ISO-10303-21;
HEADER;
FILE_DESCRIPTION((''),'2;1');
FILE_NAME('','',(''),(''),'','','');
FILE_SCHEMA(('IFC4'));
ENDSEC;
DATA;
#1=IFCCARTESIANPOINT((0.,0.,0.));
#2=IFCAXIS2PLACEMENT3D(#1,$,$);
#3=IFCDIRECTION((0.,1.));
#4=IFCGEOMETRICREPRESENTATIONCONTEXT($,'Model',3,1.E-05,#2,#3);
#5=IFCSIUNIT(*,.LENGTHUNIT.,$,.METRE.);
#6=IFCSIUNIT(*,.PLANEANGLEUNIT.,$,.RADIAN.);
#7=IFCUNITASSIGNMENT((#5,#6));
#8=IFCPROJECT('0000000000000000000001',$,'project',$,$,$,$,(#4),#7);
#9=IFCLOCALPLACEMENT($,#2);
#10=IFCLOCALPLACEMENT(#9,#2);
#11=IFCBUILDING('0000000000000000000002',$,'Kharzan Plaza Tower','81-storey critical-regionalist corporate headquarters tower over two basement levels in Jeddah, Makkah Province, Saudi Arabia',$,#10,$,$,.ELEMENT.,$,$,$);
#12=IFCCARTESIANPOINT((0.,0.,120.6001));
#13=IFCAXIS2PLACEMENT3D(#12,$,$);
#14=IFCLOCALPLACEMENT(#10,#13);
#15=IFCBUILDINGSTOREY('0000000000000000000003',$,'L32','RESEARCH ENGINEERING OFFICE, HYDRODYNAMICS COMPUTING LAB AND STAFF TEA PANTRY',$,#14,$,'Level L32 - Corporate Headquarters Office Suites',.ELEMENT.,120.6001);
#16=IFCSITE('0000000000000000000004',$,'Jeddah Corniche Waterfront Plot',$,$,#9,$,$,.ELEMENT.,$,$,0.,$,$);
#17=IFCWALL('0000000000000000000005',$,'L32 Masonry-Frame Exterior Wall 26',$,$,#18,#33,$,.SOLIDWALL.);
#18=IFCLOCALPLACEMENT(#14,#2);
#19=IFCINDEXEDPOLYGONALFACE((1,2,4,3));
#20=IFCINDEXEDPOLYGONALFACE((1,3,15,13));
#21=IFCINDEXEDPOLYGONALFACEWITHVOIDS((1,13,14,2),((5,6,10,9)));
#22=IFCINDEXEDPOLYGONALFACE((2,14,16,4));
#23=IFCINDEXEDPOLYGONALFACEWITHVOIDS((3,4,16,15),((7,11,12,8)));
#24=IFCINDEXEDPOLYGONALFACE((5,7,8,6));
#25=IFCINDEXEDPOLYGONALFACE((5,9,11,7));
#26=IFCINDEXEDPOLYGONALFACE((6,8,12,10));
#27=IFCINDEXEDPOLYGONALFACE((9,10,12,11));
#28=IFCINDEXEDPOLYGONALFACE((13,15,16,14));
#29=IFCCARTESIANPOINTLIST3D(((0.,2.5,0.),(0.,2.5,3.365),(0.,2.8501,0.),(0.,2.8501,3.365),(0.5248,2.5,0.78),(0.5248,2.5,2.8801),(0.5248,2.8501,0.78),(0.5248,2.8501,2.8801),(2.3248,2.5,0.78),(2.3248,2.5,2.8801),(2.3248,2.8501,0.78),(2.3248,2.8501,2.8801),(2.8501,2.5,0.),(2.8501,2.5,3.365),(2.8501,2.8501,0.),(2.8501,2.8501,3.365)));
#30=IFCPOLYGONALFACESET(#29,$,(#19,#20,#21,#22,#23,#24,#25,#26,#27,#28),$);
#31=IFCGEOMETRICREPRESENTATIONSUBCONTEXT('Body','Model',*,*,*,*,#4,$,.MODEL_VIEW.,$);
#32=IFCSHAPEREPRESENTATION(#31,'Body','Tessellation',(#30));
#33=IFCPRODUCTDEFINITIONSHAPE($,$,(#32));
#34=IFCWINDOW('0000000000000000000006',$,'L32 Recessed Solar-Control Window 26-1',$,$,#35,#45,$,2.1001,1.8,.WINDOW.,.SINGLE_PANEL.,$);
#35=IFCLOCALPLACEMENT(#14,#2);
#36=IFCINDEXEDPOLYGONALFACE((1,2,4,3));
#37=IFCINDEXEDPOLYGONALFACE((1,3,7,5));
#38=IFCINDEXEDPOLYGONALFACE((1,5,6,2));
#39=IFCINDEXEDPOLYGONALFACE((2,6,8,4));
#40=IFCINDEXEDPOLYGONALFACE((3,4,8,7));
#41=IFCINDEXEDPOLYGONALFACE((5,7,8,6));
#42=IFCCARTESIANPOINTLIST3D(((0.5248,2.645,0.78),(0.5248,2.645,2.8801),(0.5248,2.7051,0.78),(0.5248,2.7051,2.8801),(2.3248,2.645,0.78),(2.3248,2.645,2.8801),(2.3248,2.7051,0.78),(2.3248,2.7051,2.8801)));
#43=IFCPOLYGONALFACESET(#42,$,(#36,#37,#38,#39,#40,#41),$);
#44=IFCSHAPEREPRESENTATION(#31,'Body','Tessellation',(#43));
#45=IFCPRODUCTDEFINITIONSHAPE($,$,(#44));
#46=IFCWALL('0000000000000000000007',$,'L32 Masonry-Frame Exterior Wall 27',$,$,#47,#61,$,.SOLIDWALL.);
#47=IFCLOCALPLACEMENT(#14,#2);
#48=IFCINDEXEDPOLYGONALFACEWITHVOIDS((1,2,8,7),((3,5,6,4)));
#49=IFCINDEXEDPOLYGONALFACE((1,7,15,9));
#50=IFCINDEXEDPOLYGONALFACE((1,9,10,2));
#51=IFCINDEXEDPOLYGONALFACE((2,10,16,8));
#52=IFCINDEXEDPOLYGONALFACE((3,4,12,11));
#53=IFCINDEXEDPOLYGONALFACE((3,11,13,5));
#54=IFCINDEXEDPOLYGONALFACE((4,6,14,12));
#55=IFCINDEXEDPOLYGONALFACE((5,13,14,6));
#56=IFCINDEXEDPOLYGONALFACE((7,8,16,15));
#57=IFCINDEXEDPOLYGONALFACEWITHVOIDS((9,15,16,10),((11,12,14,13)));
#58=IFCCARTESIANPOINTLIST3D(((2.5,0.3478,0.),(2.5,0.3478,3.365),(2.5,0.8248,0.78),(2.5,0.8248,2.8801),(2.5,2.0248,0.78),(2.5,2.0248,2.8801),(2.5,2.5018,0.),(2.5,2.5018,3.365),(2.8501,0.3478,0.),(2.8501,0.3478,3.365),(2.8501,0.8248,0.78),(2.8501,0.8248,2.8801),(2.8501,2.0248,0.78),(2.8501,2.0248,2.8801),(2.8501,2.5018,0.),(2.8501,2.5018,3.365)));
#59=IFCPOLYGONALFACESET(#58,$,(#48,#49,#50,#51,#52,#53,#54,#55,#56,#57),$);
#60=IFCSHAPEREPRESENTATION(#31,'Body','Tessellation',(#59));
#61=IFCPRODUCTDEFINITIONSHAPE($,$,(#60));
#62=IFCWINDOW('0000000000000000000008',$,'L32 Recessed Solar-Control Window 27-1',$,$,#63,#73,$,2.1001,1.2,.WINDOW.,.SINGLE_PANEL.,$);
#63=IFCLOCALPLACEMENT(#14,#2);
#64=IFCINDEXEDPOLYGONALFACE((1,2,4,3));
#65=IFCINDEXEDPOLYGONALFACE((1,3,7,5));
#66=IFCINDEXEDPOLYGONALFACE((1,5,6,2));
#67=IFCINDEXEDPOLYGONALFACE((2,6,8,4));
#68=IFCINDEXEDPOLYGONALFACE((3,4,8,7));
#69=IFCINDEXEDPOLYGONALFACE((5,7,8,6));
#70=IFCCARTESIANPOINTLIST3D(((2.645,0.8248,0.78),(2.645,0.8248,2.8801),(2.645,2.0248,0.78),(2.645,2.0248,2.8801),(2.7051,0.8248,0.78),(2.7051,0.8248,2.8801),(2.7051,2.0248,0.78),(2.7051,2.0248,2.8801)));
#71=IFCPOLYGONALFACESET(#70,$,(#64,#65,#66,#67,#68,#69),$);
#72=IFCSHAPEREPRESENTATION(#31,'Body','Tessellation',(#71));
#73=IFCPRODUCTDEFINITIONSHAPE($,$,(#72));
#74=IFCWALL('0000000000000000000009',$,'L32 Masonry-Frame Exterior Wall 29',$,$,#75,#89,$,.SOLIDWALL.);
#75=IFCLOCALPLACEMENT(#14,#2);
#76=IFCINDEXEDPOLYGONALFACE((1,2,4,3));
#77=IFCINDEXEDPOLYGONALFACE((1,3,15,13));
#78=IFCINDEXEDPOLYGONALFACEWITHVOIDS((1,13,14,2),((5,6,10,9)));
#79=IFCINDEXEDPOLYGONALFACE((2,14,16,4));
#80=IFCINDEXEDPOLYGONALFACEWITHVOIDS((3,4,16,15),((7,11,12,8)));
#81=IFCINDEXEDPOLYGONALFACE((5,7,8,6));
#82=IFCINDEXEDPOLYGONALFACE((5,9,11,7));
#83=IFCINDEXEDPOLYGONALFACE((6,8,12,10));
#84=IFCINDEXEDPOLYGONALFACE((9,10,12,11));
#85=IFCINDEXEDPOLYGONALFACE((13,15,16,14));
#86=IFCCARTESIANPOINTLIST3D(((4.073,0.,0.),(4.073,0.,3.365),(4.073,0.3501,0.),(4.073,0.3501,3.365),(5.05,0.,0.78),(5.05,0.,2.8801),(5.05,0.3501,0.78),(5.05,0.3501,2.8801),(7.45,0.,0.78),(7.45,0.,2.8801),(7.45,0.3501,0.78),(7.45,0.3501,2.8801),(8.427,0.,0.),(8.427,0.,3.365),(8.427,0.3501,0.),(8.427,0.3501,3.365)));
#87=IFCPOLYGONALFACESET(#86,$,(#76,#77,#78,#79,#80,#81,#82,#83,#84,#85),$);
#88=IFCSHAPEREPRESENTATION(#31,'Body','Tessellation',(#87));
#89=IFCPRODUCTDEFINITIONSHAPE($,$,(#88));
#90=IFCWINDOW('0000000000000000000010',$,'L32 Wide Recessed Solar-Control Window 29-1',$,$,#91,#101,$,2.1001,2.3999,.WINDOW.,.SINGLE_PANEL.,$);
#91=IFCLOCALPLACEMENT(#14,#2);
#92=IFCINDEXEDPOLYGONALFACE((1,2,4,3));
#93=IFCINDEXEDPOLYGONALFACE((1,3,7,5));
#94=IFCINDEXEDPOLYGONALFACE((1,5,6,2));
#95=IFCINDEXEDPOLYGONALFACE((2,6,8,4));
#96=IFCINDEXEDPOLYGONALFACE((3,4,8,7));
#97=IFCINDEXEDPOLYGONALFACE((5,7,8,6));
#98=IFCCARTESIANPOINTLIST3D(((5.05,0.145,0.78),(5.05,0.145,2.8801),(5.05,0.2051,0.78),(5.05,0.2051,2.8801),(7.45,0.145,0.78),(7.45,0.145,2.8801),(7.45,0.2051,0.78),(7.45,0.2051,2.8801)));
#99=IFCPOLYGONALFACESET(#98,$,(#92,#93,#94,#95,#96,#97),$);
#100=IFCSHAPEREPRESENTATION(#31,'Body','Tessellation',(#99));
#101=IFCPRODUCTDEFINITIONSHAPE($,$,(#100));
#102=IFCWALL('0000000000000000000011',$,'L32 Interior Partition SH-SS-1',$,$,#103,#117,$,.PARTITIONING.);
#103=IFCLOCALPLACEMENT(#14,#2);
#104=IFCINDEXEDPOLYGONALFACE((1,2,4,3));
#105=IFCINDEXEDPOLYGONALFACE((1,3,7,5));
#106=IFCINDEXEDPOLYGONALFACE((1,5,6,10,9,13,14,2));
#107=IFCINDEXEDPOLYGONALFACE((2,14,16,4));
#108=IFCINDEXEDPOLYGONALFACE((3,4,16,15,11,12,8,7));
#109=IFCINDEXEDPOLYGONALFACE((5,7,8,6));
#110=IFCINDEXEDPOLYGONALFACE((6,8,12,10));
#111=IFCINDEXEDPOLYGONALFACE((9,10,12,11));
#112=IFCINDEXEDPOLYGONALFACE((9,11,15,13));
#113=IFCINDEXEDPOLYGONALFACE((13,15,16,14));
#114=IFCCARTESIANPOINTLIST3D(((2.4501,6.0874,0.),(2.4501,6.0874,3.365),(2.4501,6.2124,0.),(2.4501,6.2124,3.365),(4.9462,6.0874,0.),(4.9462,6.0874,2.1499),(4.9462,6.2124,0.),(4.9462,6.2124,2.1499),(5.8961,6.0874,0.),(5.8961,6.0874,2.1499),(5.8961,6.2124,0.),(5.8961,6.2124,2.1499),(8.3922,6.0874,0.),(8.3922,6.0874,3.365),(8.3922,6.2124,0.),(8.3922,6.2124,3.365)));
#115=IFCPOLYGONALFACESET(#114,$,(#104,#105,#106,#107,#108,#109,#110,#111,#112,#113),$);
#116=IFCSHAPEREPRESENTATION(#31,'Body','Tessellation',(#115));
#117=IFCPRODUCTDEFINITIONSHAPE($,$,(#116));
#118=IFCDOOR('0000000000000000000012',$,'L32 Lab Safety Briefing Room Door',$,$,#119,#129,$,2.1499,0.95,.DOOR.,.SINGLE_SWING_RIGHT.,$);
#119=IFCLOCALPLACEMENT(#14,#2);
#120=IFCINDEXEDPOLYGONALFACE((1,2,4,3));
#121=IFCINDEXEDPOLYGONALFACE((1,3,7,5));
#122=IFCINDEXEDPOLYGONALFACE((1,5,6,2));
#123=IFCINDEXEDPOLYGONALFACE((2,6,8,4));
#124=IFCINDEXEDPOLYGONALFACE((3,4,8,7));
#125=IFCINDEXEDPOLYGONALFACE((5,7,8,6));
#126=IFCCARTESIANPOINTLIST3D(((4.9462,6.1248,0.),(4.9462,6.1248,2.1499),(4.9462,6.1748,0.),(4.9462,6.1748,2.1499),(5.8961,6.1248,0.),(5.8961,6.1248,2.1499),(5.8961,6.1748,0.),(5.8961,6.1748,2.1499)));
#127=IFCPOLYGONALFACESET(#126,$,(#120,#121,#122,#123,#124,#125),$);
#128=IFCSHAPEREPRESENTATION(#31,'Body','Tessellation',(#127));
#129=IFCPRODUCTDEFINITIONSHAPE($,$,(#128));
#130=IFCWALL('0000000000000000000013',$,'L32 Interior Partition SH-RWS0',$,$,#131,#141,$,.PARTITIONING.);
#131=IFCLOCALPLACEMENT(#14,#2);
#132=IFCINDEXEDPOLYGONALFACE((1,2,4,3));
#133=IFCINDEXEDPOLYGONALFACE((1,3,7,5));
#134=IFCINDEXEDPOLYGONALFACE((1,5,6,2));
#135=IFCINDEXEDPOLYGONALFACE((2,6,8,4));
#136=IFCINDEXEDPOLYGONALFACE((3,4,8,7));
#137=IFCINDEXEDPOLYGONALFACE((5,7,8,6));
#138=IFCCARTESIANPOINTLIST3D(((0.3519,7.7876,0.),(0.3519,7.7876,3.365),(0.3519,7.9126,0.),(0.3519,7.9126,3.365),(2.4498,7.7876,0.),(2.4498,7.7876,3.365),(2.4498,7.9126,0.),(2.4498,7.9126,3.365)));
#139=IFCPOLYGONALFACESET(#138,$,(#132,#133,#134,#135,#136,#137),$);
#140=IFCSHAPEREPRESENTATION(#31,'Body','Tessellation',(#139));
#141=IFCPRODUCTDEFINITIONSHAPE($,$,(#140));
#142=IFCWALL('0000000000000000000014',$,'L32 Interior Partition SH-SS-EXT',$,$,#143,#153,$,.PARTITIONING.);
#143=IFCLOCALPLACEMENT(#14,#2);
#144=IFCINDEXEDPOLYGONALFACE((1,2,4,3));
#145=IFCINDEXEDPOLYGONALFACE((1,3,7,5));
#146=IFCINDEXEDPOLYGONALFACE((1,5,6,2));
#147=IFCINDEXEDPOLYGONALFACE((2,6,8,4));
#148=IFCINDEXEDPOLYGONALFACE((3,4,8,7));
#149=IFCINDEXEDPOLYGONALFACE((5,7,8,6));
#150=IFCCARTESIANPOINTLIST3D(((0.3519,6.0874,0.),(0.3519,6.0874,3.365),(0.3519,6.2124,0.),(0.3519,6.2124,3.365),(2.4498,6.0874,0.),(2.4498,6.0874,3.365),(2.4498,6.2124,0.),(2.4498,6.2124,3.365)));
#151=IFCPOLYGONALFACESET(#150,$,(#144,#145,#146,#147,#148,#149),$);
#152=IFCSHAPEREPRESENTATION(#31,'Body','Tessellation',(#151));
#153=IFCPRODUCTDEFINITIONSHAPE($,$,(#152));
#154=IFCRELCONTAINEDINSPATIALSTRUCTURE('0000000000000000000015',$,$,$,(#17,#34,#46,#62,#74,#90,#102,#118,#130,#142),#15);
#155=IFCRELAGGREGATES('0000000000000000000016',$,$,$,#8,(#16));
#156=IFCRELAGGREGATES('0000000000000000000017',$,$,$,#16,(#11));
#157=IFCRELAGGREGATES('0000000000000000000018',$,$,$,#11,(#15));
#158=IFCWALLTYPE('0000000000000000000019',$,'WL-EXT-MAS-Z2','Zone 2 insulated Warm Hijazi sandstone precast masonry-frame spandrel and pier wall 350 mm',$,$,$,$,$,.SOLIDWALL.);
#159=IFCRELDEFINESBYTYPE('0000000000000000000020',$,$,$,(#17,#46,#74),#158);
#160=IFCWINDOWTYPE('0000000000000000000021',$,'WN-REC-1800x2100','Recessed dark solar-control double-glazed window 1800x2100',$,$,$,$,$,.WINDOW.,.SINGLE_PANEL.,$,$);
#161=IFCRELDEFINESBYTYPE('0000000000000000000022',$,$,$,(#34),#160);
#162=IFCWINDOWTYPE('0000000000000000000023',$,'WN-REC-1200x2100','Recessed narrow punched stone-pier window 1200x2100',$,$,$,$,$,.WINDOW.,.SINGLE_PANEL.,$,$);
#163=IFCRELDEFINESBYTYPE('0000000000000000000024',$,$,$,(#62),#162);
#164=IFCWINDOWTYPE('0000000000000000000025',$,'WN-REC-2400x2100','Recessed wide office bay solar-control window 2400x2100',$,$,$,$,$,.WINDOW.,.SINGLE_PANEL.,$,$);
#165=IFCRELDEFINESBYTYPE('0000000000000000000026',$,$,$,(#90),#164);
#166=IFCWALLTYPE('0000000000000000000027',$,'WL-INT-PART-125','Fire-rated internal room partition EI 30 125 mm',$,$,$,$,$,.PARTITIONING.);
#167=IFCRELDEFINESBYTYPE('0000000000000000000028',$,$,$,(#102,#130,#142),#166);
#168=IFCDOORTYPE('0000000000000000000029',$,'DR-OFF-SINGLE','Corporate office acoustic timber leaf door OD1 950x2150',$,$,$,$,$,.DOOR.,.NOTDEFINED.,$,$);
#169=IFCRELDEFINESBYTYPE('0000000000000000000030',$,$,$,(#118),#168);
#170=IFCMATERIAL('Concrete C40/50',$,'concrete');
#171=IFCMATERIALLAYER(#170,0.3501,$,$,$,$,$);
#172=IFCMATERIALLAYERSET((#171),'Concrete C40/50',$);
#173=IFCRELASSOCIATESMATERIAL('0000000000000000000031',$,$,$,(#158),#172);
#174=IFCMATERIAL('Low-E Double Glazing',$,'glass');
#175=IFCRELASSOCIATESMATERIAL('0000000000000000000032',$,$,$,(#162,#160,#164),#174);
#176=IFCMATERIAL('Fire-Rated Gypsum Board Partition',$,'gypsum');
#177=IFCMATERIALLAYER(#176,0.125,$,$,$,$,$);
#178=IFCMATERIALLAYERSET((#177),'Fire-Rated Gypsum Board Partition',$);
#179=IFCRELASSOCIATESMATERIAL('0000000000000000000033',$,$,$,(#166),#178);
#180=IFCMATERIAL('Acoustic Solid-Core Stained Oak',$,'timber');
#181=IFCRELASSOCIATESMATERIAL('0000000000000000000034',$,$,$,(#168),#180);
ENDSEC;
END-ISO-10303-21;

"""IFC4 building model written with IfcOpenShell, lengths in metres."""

from ifc_helpers import new_model, si_unit, direction, frame, frame_2d, origin, place, context, subcontext, project, spatial, rectangle, extrude, source, transform, mapped, material, layer, layer_set, type_object, element, fill, save


model = new_model("IFC4")

# Units and contexts
model_context = context("Model", 3, precision=1e-05, world=origin(), true_north=direction((0.0, 1.0)))
body_context = subcontext(model_context, "Body", "Model", "MODEL_VIEW")
ifc_project = project(units=[si_unit("LENGTHUNIT", "METRE"), si_unit("PLANEANGLEUNIT", "RADIAN")], contexts=[model_context])

# Site, building, storey
site_placement = place(None, origin())
site = spatial("IfcSite", under=ifc_project, at=site_placement, Name="Jeddah Corniche Waterfront Plot", CompositionType="ELEMENT", RefElevation=0.0)
building_placement = place(site_placement, origin())
building = spatial("IfcBuilding", under=site, at=building_placement, Name="Kharzan Plaza Tower", Description="81-storey critical-regionalist corporate headquarters tower over two basement levels in Jeddah, Makkah Province, Saudi Arabia", CompositionType="ELEMENT")
storey_placement = place(building_placement, frame((0.0, 0.0, 120.6001)))
storey = spatial("IfcBuildingStorey", under=building, at=storey_placement, Name="L32", Description="RESEARCH ENGINEERING OFFICE, HYDRODYNAMICS COMPUTING LAB AND STAFF TEA PANTRY", LongName="Level L32 - Corporate Headquarters Office Suites", CompositionType="ELEMENT", Elevation=120.6001)

# Shared definitions
ifc_material_1 = material(Name="Concrete C40/50", Category="concrete")

# Walls, openings, windows
ifc_layer_1 = layer(ifc_material_1, 0.3501)
ifc_layer_set_1 = layer_set([ifc_layer_1], Name="Concrete C40/50")
wall_type_1 = type_object("IfcWallType", Name="WL-EXT-MAS-Z2", Description="Zone 2 insulated Warm Hijazi sandstone precast masonry-frame spandrel and pier wall 350 mm", PredefinedType="SOLIDWALL", material=ifc_layer_set_1)
ifc_material_2 = material(Name="Low-E Double Glazing", Category="glass")
window_type_1 = type_object("IfcWindowType", Name="WN-REC-1200x2100", Description="Recessed narrow punched stone-pier window 1200x2100", PartitioningType="SINGLE_PANEL", PredefinedType="WINDOW", material=ifc_material_2)
shared_shape_1 = source(origin(), body_context, "Body", "SweptSolid", [
    extrude(rectangle(XDim=1.2, YDim=2.1001, at=frame_2d((0.6001, 1.05))), frame((0.0, 0.03, 0.0), z_axis=(0.0, -1.0, 0.0), x_axis=(1.0, 0.0, 0.0)), (0.0, 0.0, 1.0), 0.0601),
])
wall_1_placement = place(storey_placement, frame((0.0, 2.675, 0.0), z_axis=(0.0, 0.0, 1.0), x_axis=(1.0, 0.0, 0.0)))
wall_1 = element("IfcWall", 1, at=wall_1_placement, inside=storey, type_object=wall_type_1, Name="L32 Masonry-Frame Exterior Wall 26", PredefinedType="SOLIDWALL", context=body_context, shape_type="SweptSolid", body=[
    extrude(rectangle(XDim=2.8501, YDim=0.3501, at=frame_2d((1.425, 0.0))), origin(), (0.0, 0.0, 1.0), 3.365),
])
opening_1_placement = place(wall_1_placement, frame((0.5249, 0.0, 0.78)))
opening_1 = element("IfcOpeningElement", 2, at=opening_1_placement, cuts=wall_1, PredefinedType="OPENING", context=body_context, shape_type="SweptSolid", body=[
    extrude(rectangle(XDim=1.8, YDim=2.1001, at=frame_2d((0.8999, 1.05))), frame((0.0, 0.1851, 0.0), z_axis=(0.0, -1.0, 0.0), x_axis=(1.0, 0.0, 0.0)), (0.0, 0.0, 1.0), 0.3701),
])
window_type_2 = type_object("IfcWindowType", Name="WN-REC-1800x2100", Description="Recessed dark solar-control double-glazed window 1800x2100", PartitioningType="SINGLE_PANEL", PredefinedType="WINDOW", material=ifc_material_2)
shared_shape_2 = source(origin(), body_context, "Body", "SweptSolid", [
    extrude(rectangle(XDim=1.8, YDim=2.1001, at=frame_2d((0.8999, 1.05))), frame((0.0, 0.03, 0.0), z_axis=(0.0, -1.0, 0.0), x_axis=(1.0, 0.0, 0.0)), (0.0, 0.0, 1.0), 0.0601),
])
window_1_placement = place(opening_1_placement, origin())
window_1 = element("IfcWindow", 3, at=window_1_placement, inside=storey, type_object=window_type_2, Name="L32 Recessed Solar-Control Window 26-1", OverallHeight=2.1001, OverallWidth=1.8, PartitioningType="SINGLE_PANEL", PredefinedType="WINDOW", context=body_context, shape_type="MappedRepresentation", body=[
    mapped(shared_shape_2, transform((0.0, 0.0, 0.0), x_axis=(1.0, 0.0, 0.0), y_axis=(0.0, 1.0, 0.0), z_axis=(0.0, 0.0, 1.0))),
])
fill(opening_1, window_1)
wall_2_placement = place(storey_placement, frame((2.675, 2.502, 0.0), z_axis=(0.0, 0.0, 1.0), x_axis=(0.0, -1.0, 0.0)))
wall_2 = element("IfcWall", 4, at=wall_2_placement, inside=storey, type_object=wall_type_1, Name="L32 Masonry-Frame Exterior Wall 27", PredefinedType="SOLIDWALL", context=body_context, shape_type="SweptSolid", body=[
    extrude(rectangle(XDim=2.1541, YDim=0.3501, at=frame_2d((1.0771, 0.0))), origin(), (0.0, 0.0, 1.0), 3.365),
])
opening_2_placement = place(wall_2_placement, frame((0.4771, 0.0, 0.78)))
opening_2 = element("IfcOpeningElement", 5, at=opening_2_placement, cuts=wall_2, PredefinedType="OPENING", context=body_context, shape_type="SweptSolid", body=[
    extrude(rectangle(XDim=1.2, YDim=2.1001, at=frame_2d((0.6001, 1.05))), frame((0.0, 0.1851, 0.0), z_axis=(0.0, -1.0, 0.0), x_axis=(1.0, 0.0, 0.0)), (0.0, 0.0, 1.0), 0.3701),
])
window_2_placement = place(opening_2_placement, origin())
window_2 = element("IfcWindow", 6, at=window_2_placement, inside=storey, type_object=window_type_1, Name="L32 Recessed Solar-Control Window 27-1", OverallHeight=2.1001, OverallWidth=1.2, PartitioningType="SINGLE_PANEL", PredefinedType="WINDOW", context=body_context, shape_type="MappedRepresentation", body=[
    mapped(shared_shape_1, transform((0.0, 0.0, 0.0), x_axis=(1.0, 0.0, 0.0), y_axis=(0.0, 1.0, 0.0), z_axis=(0.0, 0.0, 1.0))),
])
fill(opening_2, window_2)
wall_3_placement = place(storey_placement, frame((4.073, 0.175, 0.0), z_axis=(0.0, 0.0, 1.0), x_axis=(1.0, 0.0, 0.0)))
wall_3 = element("IfcWall", 7, at=wall_3_placement, inside=storey, type_object=wall_type_1, Name="L32 Masonry-Frame Exterior Wall 29", PredefinedType="SOLIDWALL", context=body_context, shape_type="SweptSolid", body=[
    extrude(rectangle(XDim=4.354, YDim=0.3501, at=frame_2d((2.177, 0.0))), origin(), (0.0, 0.0, 1.0), 3.365),
])
opening_3_placement = place(wall_3_placement, frame((0.9771, 0.0, 0.78)))
opening_3 = element("IfcOpeningElement", 8, at=opening_3_placement, cuts=wall_3, PredefinedType="OPENING", context=body_context, shape_type="SweptSolid", body=[
    extrude(rectangle(XDim=2.3999, YDim=2.1001, at=frame_2d((1.2, 1.05))), frame((0.0, 0.1851, 0.0), z_axis=(0.0, -1.0, 0.0), x_axis=(1.0, 0.0, 0.0)), (0.0, 0.0, 1.0), 0.3701),
])
window_type_3 = type_object("IfcWindowType", Name="WN-REC-2400x2100", Description="Recessed wide office bay solar-control window 2400x2100", PartitioningType="SINGLE_PANEL", PredefinedType="WINDOW", material=ifc_material_2)
shared_shape_3 = source(origin(), body_context, "Body", "SweptSolid", [
    extrude(rectangle(XDim=2.3999, YDim=2.1001, at=frame_2d((1.2, 1.05))), frame((0.0, 0.03, 0.0), z_axis=(0.0, -1.0, 0.0), x_axis=(1.0, 0.0, 0.0)), (0.0, 0.0, 1.0), 0.0601),
])
window_3_placement = place(opening_3_placement, origin())
window_3 = element("IfcWindow", 9, at=window_3_placement, inside=storey, type_object=window_type_3, Name="L32 Wide Recessed Solar-Control Window 29-1", OverallHeight=2.1001, OverallWidth=2.3999, PartitioningType="SINGLE_PANEL", PredefinedType="WINDOW", context=body_context, shape_type="MappedRepresentation", body=[
    mapped(shared_shape_3, transform((0.0, 0.0, 0.0), x_axis=(1.0, 0.0, 0.0), y_axis=(0.0, 1.0, 0.0), z_axis=(0.0, 0.0, 1.0))),
])
fill(opening_3, window_3)

# Wall, opening, door
ifc_material_3 = material(Name="Fire-Rated Gypsum Board Partition", Category="gypsum")
ifc_layer_2 = layer(ifc_material_3, 0.125)
ifc_layer_set_2 = layer_set([ifc_layer_2], Name="Fire-Rated Gypsum Board Partition")
wall_type_2 = type_object("IfcWallType", Name="WL-INT-PART-125", Description="Fire-rated internal room partition EI 30 125 mm", PredefinedType="PARTITIONING", material=ifc_layer_set_2)
ifc_material_4 = material(Name="Acoustic Solid-Core Stained Oak", Category="timber")
door_type = type_object("IfcDoorType", Name="DR-OFF-SINGLE", Description="Corporate office acoustic timber leaf door OD1 950x2150", OperationType="NOTDEFINED", PredefinedType="DOOR", material=ifc_material_4)
shared_shape_4 = source(origin(), body_context, "Body", "SweptSolid", [
    extrude(rectangle(XDim=0.95, YDim=2.1499, at=frame_2d((0.4751, 1.075))), frame((0.0, 0.0249, 0.0), z_axis=(0.0, -1.0, 0.0), x_axis=(1.0, 0.0, 0.0)), (0.0, 0.0, 1.0), 0.05),
])
wall_4_placement = place(storey_placement, frame((2.45, 6.1499, 0.0), z_axis=(0.0, 0.0, 1.0), x_axis=(1.0, 0.0, 0.0)))
wall_4 = element("IfcWall", 10, at=wall_4_placement, inside=storey, type_object=wall_type_2, Name="L32 Interior Partition SH-SS-1", PredefinedType="PARTITIONING", context=body_context, shape_type="SweptSolid", body=[
    extrude(rectangle(XDim=5.9421, YDim=0.125, at=frame_2d((2.9712, 0.0))), origin(), (0.0, 0.0, 1.0), 3.365),
])
opening_4_placement = place(wall_4_placement, frame((2.4961, 0.0, 0.0)))
opening_4 = element("IfcOpeningElement", 11, at=opening_4_placement, cuts=wall_4, PredefinedType="OPENING", context=body_context, shape_type="SweptSolid", body=[
    extrude(rectangle(XDim=0.95, YDim=2.1499, at=frame_2d((0.4751, 1.075))), frame((0.0, 0.0725, 0.0), z_axis=(0.0, -1.0, 0.0), x_axis=(1.0, 0.0, 0.0)), (0.0, 0.0, 1.0), 0.145),
])
door_1_placement = place(opening_4_placement, origin())
door_1 = element("IfcDoor", 12, at=door_1_placement, inside=storey, type_object=door_type, Name="L32 Lab Safety Briefing Room Door", OperationType="SINGLE_SWING_RIGHT", OverallHeight=2.1499, OverallWidth=0.95, PredefinedType="DOOR", context=body_context, shape_type="MappedRepresentation", body=[
    mapped(shared_shape_4, transform((0.0, 0.0, 0.0), x_axis=(1.0, 0.0, 0.0), y_axis=(0.0, 1.0, 0.0), z_axis=(0.0, 0.0, 1.0))),
])
fill(opening_4, door_1)

# Walls
shared_shape_5 = source(origin(), body_context, "Body", "SweptSolid", [
    extrude(rectangle(XDim=2.0979, YDim=0.125, at=frame_2d((1.0488, 0.0))), origin(), (0.0, 0.0, 1.0), 3.365),
])
for number, where, z_axis, x_axis, name in (
    (13, (0.3521, 7.8501, 0.0), (0.0, 0.0, 1.0), (1.0, 0.0, 0.0), "L32 Interior Partition SH-RWS0"),
    (14, (0.3521, 6.1499, 0.0), (0.0, 0.0, 1.0), (1.0, 0.0, 0.0), "L32 Interior Partition SH-SS-EXT"),
):
    element("IfcWall", number, at=place(storey_placement, frame(where, z_axis=z_axis, x_axis=x_axis)), inside=storey, type_object=wall_type_2, Name=name, PredefinedType="PARTITIONING", context=body_context, shape_type="MappedRepresentation", body=[
        mapped(shared_shape_5, transform((0.0, 0.0, 0.0), x_axis=(1.0, 0.0, 0.0), y_axis=(0.0, 1.0, 0.0), z_axis=(0.0, 0.0, 1.0))),
    ])

save(model, "model.ifc")
